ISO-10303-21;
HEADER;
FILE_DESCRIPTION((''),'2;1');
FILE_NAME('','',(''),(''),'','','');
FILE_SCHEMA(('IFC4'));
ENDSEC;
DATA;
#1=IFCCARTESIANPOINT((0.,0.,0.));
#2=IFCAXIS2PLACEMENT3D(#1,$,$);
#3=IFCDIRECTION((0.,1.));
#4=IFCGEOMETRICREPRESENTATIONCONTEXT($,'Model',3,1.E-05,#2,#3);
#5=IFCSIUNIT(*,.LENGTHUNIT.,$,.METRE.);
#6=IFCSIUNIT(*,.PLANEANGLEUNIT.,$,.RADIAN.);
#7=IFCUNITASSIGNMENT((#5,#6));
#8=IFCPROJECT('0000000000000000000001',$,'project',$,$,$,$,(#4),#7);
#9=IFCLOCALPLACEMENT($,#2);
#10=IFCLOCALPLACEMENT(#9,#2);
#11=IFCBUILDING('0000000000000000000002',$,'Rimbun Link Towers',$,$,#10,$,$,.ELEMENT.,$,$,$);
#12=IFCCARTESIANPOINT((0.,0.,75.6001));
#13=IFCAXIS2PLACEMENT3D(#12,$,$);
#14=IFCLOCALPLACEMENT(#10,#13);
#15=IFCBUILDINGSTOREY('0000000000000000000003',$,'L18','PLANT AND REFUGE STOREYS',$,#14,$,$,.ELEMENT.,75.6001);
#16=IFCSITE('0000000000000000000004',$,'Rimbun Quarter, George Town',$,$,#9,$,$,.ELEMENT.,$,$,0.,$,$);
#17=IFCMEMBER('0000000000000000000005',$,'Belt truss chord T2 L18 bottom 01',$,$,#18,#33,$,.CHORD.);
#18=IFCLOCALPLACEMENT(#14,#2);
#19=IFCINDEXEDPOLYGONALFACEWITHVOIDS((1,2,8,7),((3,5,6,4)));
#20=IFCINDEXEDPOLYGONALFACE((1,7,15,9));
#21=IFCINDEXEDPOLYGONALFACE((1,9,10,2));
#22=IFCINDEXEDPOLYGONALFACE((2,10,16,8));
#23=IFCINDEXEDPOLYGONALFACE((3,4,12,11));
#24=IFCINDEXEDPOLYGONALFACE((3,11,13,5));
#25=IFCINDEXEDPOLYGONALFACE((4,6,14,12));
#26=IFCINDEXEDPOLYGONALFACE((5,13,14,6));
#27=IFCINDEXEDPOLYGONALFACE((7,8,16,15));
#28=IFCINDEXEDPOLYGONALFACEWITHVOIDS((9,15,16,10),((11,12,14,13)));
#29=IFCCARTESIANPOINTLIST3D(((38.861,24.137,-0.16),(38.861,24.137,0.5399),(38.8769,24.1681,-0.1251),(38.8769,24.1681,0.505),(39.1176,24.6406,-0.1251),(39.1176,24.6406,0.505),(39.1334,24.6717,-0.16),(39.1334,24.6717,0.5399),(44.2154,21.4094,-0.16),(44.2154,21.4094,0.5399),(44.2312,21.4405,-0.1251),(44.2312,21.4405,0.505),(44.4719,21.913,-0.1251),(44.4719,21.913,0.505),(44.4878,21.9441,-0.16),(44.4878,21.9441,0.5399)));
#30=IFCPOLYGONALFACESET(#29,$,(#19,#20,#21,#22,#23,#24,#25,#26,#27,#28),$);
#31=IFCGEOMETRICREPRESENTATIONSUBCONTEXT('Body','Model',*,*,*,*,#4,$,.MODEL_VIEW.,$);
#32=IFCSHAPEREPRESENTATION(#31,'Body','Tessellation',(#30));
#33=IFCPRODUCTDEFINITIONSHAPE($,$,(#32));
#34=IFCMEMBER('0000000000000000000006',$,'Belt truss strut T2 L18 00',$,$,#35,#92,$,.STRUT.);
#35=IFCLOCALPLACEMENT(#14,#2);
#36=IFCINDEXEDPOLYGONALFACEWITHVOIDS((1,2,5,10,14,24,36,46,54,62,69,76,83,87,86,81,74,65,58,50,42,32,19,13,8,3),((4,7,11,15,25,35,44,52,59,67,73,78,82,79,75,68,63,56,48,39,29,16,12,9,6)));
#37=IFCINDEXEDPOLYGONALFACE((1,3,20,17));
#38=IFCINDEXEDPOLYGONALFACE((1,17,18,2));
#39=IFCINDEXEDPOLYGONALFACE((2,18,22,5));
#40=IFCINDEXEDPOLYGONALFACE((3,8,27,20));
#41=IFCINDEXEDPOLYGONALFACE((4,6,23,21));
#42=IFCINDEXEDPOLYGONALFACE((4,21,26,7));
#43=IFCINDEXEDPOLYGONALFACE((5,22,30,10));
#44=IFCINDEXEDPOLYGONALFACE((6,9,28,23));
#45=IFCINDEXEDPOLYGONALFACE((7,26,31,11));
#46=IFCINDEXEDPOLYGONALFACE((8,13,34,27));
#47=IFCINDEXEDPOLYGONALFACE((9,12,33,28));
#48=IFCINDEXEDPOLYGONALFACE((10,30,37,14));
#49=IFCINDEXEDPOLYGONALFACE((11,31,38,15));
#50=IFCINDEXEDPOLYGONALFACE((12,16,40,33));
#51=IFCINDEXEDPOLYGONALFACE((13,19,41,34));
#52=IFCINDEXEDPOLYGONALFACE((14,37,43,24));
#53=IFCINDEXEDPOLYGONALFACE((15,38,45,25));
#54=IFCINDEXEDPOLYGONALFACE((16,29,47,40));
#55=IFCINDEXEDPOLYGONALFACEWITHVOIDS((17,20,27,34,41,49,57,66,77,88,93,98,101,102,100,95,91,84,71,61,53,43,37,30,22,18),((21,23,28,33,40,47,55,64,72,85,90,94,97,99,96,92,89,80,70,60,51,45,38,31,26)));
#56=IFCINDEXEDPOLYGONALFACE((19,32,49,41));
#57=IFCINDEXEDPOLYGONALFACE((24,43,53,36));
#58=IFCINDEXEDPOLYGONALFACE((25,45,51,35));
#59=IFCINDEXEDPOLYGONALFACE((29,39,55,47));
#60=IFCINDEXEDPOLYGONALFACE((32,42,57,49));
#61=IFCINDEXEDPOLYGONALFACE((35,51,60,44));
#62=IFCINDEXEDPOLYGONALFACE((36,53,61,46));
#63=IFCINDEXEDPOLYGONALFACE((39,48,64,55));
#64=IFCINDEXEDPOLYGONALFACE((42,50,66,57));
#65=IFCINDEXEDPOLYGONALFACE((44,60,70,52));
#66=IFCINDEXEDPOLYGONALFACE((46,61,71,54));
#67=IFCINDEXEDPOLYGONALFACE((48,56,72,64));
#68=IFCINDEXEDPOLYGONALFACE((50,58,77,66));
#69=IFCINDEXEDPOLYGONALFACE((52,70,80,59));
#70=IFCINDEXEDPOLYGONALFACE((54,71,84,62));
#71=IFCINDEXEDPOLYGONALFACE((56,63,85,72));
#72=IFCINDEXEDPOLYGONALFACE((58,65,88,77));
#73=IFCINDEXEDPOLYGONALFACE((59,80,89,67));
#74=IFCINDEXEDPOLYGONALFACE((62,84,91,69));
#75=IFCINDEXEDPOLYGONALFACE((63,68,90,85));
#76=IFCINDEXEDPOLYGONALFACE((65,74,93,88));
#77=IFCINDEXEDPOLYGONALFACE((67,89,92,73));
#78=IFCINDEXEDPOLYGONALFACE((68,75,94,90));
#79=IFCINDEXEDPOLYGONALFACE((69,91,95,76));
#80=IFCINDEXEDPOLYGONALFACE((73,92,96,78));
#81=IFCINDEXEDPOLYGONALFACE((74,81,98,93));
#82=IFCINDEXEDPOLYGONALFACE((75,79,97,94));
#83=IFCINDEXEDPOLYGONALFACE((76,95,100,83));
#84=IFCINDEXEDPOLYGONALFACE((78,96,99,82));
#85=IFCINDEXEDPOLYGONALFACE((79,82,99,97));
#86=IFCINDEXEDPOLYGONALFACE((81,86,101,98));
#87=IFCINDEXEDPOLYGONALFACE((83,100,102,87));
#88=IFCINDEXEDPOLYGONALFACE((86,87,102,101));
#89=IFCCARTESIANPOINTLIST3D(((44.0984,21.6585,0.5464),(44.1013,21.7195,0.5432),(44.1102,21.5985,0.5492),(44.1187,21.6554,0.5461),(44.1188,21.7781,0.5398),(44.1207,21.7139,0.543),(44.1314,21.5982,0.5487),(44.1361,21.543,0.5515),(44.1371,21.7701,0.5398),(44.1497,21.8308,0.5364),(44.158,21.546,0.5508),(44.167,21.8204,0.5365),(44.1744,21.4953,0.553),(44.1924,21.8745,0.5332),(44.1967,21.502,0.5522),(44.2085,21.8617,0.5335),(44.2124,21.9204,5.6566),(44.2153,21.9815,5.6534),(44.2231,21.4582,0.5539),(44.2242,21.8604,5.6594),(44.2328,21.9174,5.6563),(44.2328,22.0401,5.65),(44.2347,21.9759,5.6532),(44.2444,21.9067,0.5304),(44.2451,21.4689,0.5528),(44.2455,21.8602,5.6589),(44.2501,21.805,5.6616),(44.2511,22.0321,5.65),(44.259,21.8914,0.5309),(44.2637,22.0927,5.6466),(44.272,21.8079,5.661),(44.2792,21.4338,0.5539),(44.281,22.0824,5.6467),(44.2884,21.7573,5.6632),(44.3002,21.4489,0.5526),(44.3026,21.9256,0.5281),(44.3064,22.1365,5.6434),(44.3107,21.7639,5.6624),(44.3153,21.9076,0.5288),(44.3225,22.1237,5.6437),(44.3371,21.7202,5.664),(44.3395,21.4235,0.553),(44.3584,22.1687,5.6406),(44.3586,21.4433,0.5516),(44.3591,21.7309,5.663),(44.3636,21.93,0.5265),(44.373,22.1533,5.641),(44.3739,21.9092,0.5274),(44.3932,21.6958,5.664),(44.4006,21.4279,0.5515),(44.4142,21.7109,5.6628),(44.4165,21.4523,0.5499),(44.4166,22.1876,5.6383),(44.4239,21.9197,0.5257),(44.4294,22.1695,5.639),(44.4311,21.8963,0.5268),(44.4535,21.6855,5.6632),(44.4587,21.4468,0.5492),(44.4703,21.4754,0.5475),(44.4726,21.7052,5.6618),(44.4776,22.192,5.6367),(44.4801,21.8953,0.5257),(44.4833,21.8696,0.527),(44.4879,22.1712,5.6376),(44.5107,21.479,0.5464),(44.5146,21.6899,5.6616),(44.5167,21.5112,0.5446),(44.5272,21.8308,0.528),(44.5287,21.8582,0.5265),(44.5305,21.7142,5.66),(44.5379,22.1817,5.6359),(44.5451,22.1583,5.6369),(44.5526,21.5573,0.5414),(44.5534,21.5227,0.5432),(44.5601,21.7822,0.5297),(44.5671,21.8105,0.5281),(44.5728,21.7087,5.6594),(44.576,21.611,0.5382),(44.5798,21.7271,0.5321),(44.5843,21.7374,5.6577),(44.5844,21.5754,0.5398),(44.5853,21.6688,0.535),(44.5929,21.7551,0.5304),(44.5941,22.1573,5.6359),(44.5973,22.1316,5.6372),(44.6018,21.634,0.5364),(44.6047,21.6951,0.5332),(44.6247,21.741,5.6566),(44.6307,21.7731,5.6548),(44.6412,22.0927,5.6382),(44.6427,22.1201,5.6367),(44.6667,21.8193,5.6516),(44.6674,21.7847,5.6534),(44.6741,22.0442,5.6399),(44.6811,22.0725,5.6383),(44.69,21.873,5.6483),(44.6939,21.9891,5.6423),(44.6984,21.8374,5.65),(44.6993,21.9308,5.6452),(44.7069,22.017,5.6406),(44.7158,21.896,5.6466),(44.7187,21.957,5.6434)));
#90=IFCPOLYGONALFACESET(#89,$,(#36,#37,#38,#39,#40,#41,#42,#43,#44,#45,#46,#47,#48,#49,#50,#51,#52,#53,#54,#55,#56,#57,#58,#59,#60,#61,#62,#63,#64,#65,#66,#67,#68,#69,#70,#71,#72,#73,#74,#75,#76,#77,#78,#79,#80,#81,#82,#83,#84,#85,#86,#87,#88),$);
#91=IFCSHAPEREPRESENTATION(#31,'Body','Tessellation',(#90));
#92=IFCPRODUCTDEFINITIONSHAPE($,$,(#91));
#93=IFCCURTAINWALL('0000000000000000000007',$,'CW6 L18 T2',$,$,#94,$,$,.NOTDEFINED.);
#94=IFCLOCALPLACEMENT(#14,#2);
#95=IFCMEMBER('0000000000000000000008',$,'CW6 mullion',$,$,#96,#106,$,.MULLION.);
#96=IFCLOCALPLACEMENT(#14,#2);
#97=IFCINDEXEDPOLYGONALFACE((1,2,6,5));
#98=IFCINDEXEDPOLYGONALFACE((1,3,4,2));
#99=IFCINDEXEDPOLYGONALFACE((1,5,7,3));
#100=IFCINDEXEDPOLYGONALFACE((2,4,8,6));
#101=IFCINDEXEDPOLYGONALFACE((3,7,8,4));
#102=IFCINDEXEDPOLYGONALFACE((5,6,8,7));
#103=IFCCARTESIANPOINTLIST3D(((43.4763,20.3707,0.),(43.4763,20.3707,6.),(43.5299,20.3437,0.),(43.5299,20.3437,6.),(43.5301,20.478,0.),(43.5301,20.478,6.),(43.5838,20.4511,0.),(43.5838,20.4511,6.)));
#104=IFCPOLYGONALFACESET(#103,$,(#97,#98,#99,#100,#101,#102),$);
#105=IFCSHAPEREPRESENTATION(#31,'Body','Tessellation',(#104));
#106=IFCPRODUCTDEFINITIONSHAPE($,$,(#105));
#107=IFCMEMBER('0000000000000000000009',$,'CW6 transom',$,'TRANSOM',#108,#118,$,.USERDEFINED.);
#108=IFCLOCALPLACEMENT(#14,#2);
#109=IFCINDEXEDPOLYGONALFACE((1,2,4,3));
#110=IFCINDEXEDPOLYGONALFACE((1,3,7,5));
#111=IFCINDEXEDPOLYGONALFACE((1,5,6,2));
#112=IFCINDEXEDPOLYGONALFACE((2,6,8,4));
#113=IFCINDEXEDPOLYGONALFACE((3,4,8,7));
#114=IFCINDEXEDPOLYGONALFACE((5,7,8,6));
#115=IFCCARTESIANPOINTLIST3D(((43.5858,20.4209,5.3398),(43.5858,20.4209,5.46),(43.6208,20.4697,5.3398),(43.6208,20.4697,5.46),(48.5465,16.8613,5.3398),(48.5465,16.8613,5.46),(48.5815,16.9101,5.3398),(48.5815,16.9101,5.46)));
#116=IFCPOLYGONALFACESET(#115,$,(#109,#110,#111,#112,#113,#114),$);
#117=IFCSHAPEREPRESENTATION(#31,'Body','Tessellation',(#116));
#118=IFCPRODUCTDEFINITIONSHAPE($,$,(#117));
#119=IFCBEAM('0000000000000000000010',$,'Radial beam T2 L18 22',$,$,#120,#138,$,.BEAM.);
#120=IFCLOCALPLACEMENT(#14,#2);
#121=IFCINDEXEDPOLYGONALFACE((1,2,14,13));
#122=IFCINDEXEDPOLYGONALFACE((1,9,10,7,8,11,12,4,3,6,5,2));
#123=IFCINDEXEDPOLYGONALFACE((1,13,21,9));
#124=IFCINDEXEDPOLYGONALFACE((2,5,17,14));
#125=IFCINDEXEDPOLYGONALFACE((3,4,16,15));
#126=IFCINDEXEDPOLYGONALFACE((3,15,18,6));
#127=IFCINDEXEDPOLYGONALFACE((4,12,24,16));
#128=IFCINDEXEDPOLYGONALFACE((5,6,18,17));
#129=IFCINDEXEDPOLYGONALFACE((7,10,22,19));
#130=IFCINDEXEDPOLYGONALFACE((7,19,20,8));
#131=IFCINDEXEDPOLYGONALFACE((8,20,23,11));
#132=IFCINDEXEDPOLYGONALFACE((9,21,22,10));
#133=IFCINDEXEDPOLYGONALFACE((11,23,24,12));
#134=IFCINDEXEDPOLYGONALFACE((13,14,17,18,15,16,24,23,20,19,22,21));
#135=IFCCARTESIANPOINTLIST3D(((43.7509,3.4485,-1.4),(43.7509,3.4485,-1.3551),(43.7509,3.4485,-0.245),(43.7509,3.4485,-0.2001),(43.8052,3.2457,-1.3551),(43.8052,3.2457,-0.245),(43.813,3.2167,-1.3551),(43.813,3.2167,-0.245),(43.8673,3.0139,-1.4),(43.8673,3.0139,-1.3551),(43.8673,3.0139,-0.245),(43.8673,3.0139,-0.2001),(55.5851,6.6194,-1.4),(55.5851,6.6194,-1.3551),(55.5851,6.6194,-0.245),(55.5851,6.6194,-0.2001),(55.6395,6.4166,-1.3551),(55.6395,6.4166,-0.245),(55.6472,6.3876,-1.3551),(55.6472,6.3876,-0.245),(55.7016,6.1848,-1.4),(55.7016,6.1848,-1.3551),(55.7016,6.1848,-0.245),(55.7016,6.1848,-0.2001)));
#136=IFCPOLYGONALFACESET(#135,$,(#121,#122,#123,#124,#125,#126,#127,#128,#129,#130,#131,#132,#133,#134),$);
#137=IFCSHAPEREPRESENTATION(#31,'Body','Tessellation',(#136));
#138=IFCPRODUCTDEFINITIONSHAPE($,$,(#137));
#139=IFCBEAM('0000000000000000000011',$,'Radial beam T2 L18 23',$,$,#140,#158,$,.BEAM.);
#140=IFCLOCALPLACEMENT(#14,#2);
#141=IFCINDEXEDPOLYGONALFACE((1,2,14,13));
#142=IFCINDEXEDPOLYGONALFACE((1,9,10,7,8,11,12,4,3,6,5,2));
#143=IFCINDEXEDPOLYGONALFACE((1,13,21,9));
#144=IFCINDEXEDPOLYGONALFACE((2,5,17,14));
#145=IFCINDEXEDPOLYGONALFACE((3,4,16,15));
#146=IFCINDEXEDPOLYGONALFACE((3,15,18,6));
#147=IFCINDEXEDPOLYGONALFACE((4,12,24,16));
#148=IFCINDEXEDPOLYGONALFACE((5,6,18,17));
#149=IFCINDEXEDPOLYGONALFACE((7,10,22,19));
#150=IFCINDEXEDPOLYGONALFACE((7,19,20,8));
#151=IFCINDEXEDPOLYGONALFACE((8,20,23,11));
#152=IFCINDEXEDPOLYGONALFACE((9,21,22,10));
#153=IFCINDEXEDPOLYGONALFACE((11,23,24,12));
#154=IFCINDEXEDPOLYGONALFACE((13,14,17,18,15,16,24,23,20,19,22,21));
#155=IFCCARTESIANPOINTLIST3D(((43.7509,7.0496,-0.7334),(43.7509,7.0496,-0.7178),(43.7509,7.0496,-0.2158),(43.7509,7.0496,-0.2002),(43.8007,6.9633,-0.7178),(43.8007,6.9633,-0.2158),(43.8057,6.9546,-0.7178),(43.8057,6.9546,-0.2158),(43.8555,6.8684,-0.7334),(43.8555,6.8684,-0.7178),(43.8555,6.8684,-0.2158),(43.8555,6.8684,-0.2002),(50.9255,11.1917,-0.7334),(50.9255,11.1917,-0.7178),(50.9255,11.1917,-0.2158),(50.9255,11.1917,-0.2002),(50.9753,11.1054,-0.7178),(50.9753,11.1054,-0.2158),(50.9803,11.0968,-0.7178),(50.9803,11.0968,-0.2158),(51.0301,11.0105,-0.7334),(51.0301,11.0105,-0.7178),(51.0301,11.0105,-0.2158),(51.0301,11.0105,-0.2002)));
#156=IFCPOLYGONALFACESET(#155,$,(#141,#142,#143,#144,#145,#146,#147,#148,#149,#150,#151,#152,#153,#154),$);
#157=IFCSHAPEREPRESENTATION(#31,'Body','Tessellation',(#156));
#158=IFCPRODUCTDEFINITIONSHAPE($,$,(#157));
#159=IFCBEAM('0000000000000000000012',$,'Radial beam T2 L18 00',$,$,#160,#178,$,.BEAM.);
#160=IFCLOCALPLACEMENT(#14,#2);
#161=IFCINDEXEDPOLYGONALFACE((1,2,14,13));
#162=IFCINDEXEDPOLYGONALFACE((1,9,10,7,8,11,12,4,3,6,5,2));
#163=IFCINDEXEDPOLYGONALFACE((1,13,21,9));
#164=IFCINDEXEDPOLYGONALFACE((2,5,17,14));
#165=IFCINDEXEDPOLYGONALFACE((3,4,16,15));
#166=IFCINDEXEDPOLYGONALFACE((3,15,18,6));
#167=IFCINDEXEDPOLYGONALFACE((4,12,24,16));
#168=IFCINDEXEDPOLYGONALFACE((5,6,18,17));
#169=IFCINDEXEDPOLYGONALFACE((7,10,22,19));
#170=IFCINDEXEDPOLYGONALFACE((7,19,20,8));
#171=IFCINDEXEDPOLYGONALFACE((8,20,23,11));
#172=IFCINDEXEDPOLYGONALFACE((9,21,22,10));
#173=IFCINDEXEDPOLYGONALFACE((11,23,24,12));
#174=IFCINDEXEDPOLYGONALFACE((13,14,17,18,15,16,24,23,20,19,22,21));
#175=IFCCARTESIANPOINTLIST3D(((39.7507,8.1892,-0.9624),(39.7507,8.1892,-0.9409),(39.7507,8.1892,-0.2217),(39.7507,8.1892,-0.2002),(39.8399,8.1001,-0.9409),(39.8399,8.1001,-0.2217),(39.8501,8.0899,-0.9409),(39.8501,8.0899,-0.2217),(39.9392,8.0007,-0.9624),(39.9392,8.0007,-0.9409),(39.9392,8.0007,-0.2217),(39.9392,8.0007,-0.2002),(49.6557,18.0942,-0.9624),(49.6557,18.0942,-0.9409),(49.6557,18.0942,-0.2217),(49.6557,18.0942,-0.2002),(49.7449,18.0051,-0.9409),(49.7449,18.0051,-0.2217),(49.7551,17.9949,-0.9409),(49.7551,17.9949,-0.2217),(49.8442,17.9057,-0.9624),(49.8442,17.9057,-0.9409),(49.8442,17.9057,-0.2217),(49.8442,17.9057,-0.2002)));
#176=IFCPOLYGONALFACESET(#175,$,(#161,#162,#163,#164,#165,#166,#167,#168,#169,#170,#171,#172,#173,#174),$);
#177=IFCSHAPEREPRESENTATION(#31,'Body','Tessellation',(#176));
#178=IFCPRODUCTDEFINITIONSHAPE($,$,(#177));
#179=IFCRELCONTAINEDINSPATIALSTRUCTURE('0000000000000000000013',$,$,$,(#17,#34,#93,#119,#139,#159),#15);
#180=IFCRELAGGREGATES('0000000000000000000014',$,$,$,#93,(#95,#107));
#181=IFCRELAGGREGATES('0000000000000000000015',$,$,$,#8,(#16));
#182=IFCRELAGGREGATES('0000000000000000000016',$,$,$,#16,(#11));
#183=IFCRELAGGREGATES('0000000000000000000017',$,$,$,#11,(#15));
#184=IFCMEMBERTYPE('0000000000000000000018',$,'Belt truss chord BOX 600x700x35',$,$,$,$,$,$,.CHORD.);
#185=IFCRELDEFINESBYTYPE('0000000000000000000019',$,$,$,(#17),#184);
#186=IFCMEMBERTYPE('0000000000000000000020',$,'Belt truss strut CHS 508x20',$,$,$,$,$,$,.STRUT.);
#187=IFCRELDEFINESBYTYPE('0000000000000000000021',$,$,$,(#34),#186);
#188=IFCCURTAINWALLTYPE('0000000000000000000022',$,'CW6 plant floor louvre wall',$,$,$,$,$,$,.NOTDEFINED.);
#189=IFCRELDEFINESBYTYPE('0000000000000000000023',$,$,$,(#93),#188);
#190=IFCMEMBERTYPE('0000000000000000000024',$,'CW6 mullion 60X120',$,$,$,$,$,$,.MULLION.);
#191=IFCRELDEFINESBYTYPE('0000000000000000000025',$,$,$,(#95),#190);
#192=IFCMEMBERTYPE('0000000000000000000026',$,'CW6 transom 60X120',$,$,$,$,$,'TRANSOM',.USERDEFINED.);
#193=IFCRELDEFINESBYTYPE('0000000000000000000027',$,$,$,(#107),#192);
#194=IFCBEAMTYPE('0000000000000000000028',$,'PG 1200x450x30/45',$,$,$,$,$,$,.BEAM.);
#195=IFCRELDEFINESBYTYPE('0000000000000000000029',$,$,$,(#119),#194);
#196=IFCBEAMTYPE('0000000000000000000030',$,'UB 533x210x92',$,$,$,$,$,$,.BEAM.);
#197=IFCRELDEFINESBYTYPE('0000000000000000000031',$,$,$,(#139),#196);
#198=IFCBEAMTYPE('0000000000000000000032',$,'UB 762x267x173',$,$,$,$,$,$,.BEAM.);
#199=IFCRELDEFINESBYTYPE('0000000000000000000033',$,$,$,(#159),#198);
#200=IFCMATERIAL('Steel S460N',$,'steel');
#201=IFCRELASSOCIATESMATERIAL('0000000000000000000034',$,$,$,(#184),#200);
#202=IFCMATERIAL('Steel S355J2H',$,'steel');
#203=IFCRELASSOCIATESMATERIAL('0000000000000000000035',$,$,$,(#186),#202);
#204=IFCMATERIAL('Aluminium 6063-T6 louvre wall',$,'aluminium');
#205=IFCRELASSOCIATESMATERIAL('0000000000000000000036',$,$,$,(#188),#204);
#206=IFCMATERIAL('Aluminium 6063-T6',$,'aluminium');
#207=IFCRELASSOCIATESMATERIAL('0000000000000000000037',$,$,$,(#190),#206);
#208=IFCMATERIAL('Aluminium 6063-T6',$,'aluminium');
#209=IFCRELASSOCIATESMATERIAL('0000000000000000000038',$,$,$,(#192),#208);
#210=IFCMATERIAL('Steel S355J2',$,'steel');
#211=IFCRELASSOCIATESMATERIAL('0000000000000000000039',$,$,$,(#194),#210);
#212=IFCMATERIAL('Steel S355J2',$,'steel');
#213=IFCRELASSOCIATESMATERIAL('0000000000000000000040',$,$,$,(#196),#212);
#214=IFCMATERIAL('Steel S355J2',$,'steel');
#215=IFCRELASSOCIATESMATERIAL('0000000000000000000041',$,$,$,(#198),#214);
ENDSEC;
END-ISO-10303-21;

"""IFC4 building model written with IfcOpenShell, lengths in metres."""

from ifc_helpers import new_model, si_unit, direction, frame, origin, origin_2d, place, context, subcontext, project, spatial, rectangle, hollow_rectangle, hollow_circle, i_section, extrude, material, material_profile, profile_set, type_object, element, aggregate, save


model = new_model("IFC4")

# Units and contexts
model_context = context("Model", 3, precision=1e-05, world=origin(), true_north=direction((0.0, 1.0)))
body_context = subcontext(model_context, "Body", "Model", "MODEL_VIEW")
ifc_project = project(units=[si_unit("LENGTHUNIT", "METRE"), si_unit("PLANEANGLEUNIT", "RADIAN")], contexts=[model_context])

# Site, building, storey
site_placement = place(None, origin())
site = spatial("IfcSite", under=ifc_project, at=site_placement, Name="Rimbun Quarter, George Town", CompositionType="ELEMENT", RefElevation=0.0)
building_placement = place(site_placement, origin())
building = spatial("IfcBuilding", under=site, at=building_placement, Name="Rimbun Link Towers", CompositionType="ELEMENT")
storey_placement = place(building_placement, frame((0.0, 0.0, 75.6001)))
storey = spatial("IfcBuildingStorey", under=building, at=storey_placement, Name="L18", Description="PLANT AND REFUGE STOREYS", CompositionType="ELEMENT", Elevation=75.6001)

# Members
ifc_material_1 = material(Name="Steel S460N", Category="steel")
ifc_material_profile_1 = material_profile(ifc_material_1, hollow_rectangle(XDim=0.6001, YDim=0.7, WallThickness=0.0349, at=origin_2d()), Name="Belt truss chord BOX 600x700x35")
ifc_profile_set_1 = profile_set([ifc_material_profile_1], Name="Steel S460N")
member_type_1 = type_object("IfcMemberType", Name="Belt truss chord BOX 600x700x35", PredefinedType="CHORD", material=ifc_profile_set_1)
member_1_placement = place(storey_placement, frame((44.3516, 21.6768, 0.1899), z_axis=(-0.891046, 0.453913, 0.0), x_axis=(-0.453913, -0.891046, 0.0)))
element("IfcMember", 1, at=member_1_placement, inside=storey, type_object=member_type_1, Name="Belt truss chord T2 L18 bottom 01", PredefinedType="CHORD", context=body_context, shape_type="SweptSolid", body=[
    extrude(hollow_rectangle(XDim=0.6001, YDim=0.7, WallThickness=0.0349, at=origin_2d()), origin(), (0.0, 0.0, 1.0), 6.009),
])
ifc_material_2 = material(Name="Steel S355J2H", Category="steel")
ifc_material_profile_2 = material_profile(ifc_material_2, hollow_circle(Radius=0.2539, WallThickness=0.02, at=origin_2d()), Name="Belt truss strut CHS 508x20")
ifc_profile_set_2 = profile_set([ifc_material_profile_2], Name="Steel S355J2H")
member_type_2 = type_object("IfcMemberType", Name="Belt truss strut CHS 508x20", PredefinedType="STRUT", material=ifc_profile_set_2)
member_2_placement = place(storey_placement, frame((44.3516, 21.6768, 0.5398), z_axis=(0.022277, 0.051184, 0.998441), x_axis=(-0.916921, 0.39907, 0.0)))
element("IfcMember", 2, at=member_2_placement, inside=storey, type_object=member_type_2, Name="Belt truss strut T2 L18 00", PredefinedType="STRUT", context=body_context, shape_type="SweptSolid", body=[
    extrude(hollow_circle(Radius=0.2539, WallThickness=0.02, at=origin_2d()), origin(), (0.0, 0.0, 1.0), 5.1182),
])

# Curtain wall, members
ifc_material_3 = material(Name="Aluminium 6063-T6 louvre wall", Category="aluminium")
curtain_wall_type = type_object("IfcCurtainWallType", Name="CW6 plant floor louvre wall", PredefinedType="NOTDEFINED", material=ifc_material_3)
curtain_wall_placement = place(storey_placement, origin())
curtain_wall = element("IfcCurtainWall", 3, at=curtain_wall_placement, inside=storey, type_object=curtain_wall_type, Name="CW6 L18 T2", PredefinedType="NOTDEFINED")
ifc_material_4 = material(Name="Aluminium 6063-T6", Category="aluminium")
ifc_material_profile_3 = material_profile(ifc_material_4, rectangle(XDim=0.1201, YDim=0.0601, at=origin_2d()), Name="MULLION 60X120")
ifc_profile_set_3 = profile_set([ifc_material_profile_3], Name="Aluminium 6063-T6")
member_type_3 = type_object("IfcMemberType", Name="CW6 mullion 60X120", PredefinedType="MULLION", material=ifc_profile_set_3)
member_3_placement = place(storey_placement, frame((43.53, 20.4109, 0.0), z_axis=(0.0, 0.0, 1.0), x_axis=(0.448572, 0.893747, 0.0)))
member_3 = element("IfcMember", 4, at=member_3_placement, type_object=member_type_3, Name="CW6 mullion", PredefinedType="MULLION", context=body_context, shape_type="SweptSolid", body=[
    extrude(rectangle(XDim=0.1201, YDim=0.0601, at=origin_2d()), origin(), (0.0, 0.0, 1.0), 6.0),
])
ifc_material_5 = material(Name="Aluminium 6063-T6", Category="aluminium")
ifc_material_profile_4 = material_profile(ifc_material_5, rectangle(XDim=0.0601, YDim=0.1201, at=origin_2d()), Name="TRANSOM 60X120")
ifc_profile_set_4 = profile_set([ifc_material_profile_4], Name="Aluminium 6063-T6")
member_type_4 = type_object("IfcMemberType", Name="CW6 transom 60X120", ElementType="TRANSOM", PredefinedType="USERDEFINED", material=ifc_profile_set_4)
member_4_placement = place(storey_placement, frame((43.6033, 20.4453, 5.3999), z_axis=(0.812475, -0.582996, 0.0), x_axis=(0.582996, 0.812475, 0.0)))
member_4 = element("IfcMember", 5, at=member_4_placement, type_object=member_type_4, Name="CW6 transom", ObjectType="TRANSOM", PredefinedType="USERDEFINED", context=body_context, shape_type="SweptSolid", body=[
    extrude(rectangle(XDim=0.0601, YDim=0.1201, at=origin_2d()), origin(), (0.0, 0.0, 1.0), 6.1057),
])

# Beams
ifc_material_6 = material(Name="Steel S355J2", Category="steel")
ifc_material_profile_5 = material_profile(ifc_material_6, i_section(OverallWidth=0.45, OverallDepth=1.2, WebThickness=0.03, FlangeThickness=0.0449, at=origin_2d()), Name="PG 1200x450x30/45")
ifc_profile_set_5 = profile_set([ifc_material_profile_5], Name="Steel S355J2")
beam_type_1 = type_object("IfcBeamType", Name="PG 1200x450x30/45", PredefinedType="BEAM", material=ifc_profile_set_5)
beam_1_placement = place(storey_placement, frame((43.8091, 3.2312, -0.8), z_axis=(0.965927, 0.258813, 0.0), x_axis=(-0.258813, 0.965927, 0.0)))
element("IfcBeam", 6, at=beam_1_placement, inside=storey, type_object=beam_type_1, Name="Radial beam T2 L18 22", PredefinedType="BEAM", context=body_context, shape_type="SweptSolid", body=[
    extrude(i_section(OverallWidth=0.45, OverallDepth=1.2, WebThickness=0.03, FlangeThickness=0.0449, at=origin_2d()), origin(), (0.0, 0.0, 1.0), 12.2517),
])
ifc_material_7 = material(Name="Steel S355J2", Category="steel")
ifc_material_profile_6 = material_profile(ifc_material_7, i_section(OverallWidth=0.2092, OverallDepth=0.5332, WebThickness=0.01, FlangeThickness=0.0156, at=origin_2d()), Name="UB 533x210x92")
ifc_profile_set_6 = profile_set([ifc_material_profile_6], Name="Steel S355J2")
beam_type_2 = type_object("IfcBeamType", Name="UB 533x210x92", PredefinedType="BEAM", material=ifc_profile_set_6)
beam_2_placement = place(storey_placement, frame((43.8032, 6.959, -0.4668), z_axis=(0.866033, 0.499987, 0.0), x_axis=(-0.499987, 0.866033, 0.0)))
element("IfcBeam", 7, at=beam_2_placement, inside=storey, type_object=beam_type_2, Name="Radial beam T2 L18 23", PredefinedType="BEAM", context=body_context, shape_type="SweptSolid", body=[
    extrude(i_section(OverallWidth=0.2092, OverallDepth=0.5332, WebThickness=0.01, FlangeThickness=0.0156, at=origin_2d()), origin(), (0.0, 0.0, 1.0), 8.2844),
])
ifc_material_8 = material(Name="Steel S355J2", Category="steel")
ifc_material_profile_7 = material_profile(ifc_material_8, i_section(OverallWidth=0.2666, OverallDepth=0.7622, WebThickness=0.0144, FlangeThickness=0.0215, at=origin_2d()), Name="UB 762x267x173")
ifc_profile_set_7 = profile_set([ifc_material_profile_7], Name="Steel S355J2")
beam_type_3 = type_object("IfcBeamType", Name="UB 762x267x173", PredefinedType="BEAM", material=ifc_profile_set_7)
beam_3_placement = place(storey_placement, frame((39.845, 8.095, -0.5813), z_axis=(0.707107, 0.707107, 0.0), x_axis=(-0.707107, 0.707107, 0.0)))
element("IfcBeam", 8, at=beam_3_placement, inside=storey, type_object=beam_type_3, Name="Radial beam T2 L18 00", PredefinedType="BEAM", context=body_context, shape_type="SweptSolid", body=[
    extrude(i_section(OverallWidth=0.2666, OverallDepth=0.7622, WebThickness=0.0144, FlangeThickness=0.0215, at=origin_2d()), origin(), (0.0, 0.0, 1.0), 14.0078),
])

aggregate(curtain_wall, [member_3, member_4])

save(model, "model.ifc")
